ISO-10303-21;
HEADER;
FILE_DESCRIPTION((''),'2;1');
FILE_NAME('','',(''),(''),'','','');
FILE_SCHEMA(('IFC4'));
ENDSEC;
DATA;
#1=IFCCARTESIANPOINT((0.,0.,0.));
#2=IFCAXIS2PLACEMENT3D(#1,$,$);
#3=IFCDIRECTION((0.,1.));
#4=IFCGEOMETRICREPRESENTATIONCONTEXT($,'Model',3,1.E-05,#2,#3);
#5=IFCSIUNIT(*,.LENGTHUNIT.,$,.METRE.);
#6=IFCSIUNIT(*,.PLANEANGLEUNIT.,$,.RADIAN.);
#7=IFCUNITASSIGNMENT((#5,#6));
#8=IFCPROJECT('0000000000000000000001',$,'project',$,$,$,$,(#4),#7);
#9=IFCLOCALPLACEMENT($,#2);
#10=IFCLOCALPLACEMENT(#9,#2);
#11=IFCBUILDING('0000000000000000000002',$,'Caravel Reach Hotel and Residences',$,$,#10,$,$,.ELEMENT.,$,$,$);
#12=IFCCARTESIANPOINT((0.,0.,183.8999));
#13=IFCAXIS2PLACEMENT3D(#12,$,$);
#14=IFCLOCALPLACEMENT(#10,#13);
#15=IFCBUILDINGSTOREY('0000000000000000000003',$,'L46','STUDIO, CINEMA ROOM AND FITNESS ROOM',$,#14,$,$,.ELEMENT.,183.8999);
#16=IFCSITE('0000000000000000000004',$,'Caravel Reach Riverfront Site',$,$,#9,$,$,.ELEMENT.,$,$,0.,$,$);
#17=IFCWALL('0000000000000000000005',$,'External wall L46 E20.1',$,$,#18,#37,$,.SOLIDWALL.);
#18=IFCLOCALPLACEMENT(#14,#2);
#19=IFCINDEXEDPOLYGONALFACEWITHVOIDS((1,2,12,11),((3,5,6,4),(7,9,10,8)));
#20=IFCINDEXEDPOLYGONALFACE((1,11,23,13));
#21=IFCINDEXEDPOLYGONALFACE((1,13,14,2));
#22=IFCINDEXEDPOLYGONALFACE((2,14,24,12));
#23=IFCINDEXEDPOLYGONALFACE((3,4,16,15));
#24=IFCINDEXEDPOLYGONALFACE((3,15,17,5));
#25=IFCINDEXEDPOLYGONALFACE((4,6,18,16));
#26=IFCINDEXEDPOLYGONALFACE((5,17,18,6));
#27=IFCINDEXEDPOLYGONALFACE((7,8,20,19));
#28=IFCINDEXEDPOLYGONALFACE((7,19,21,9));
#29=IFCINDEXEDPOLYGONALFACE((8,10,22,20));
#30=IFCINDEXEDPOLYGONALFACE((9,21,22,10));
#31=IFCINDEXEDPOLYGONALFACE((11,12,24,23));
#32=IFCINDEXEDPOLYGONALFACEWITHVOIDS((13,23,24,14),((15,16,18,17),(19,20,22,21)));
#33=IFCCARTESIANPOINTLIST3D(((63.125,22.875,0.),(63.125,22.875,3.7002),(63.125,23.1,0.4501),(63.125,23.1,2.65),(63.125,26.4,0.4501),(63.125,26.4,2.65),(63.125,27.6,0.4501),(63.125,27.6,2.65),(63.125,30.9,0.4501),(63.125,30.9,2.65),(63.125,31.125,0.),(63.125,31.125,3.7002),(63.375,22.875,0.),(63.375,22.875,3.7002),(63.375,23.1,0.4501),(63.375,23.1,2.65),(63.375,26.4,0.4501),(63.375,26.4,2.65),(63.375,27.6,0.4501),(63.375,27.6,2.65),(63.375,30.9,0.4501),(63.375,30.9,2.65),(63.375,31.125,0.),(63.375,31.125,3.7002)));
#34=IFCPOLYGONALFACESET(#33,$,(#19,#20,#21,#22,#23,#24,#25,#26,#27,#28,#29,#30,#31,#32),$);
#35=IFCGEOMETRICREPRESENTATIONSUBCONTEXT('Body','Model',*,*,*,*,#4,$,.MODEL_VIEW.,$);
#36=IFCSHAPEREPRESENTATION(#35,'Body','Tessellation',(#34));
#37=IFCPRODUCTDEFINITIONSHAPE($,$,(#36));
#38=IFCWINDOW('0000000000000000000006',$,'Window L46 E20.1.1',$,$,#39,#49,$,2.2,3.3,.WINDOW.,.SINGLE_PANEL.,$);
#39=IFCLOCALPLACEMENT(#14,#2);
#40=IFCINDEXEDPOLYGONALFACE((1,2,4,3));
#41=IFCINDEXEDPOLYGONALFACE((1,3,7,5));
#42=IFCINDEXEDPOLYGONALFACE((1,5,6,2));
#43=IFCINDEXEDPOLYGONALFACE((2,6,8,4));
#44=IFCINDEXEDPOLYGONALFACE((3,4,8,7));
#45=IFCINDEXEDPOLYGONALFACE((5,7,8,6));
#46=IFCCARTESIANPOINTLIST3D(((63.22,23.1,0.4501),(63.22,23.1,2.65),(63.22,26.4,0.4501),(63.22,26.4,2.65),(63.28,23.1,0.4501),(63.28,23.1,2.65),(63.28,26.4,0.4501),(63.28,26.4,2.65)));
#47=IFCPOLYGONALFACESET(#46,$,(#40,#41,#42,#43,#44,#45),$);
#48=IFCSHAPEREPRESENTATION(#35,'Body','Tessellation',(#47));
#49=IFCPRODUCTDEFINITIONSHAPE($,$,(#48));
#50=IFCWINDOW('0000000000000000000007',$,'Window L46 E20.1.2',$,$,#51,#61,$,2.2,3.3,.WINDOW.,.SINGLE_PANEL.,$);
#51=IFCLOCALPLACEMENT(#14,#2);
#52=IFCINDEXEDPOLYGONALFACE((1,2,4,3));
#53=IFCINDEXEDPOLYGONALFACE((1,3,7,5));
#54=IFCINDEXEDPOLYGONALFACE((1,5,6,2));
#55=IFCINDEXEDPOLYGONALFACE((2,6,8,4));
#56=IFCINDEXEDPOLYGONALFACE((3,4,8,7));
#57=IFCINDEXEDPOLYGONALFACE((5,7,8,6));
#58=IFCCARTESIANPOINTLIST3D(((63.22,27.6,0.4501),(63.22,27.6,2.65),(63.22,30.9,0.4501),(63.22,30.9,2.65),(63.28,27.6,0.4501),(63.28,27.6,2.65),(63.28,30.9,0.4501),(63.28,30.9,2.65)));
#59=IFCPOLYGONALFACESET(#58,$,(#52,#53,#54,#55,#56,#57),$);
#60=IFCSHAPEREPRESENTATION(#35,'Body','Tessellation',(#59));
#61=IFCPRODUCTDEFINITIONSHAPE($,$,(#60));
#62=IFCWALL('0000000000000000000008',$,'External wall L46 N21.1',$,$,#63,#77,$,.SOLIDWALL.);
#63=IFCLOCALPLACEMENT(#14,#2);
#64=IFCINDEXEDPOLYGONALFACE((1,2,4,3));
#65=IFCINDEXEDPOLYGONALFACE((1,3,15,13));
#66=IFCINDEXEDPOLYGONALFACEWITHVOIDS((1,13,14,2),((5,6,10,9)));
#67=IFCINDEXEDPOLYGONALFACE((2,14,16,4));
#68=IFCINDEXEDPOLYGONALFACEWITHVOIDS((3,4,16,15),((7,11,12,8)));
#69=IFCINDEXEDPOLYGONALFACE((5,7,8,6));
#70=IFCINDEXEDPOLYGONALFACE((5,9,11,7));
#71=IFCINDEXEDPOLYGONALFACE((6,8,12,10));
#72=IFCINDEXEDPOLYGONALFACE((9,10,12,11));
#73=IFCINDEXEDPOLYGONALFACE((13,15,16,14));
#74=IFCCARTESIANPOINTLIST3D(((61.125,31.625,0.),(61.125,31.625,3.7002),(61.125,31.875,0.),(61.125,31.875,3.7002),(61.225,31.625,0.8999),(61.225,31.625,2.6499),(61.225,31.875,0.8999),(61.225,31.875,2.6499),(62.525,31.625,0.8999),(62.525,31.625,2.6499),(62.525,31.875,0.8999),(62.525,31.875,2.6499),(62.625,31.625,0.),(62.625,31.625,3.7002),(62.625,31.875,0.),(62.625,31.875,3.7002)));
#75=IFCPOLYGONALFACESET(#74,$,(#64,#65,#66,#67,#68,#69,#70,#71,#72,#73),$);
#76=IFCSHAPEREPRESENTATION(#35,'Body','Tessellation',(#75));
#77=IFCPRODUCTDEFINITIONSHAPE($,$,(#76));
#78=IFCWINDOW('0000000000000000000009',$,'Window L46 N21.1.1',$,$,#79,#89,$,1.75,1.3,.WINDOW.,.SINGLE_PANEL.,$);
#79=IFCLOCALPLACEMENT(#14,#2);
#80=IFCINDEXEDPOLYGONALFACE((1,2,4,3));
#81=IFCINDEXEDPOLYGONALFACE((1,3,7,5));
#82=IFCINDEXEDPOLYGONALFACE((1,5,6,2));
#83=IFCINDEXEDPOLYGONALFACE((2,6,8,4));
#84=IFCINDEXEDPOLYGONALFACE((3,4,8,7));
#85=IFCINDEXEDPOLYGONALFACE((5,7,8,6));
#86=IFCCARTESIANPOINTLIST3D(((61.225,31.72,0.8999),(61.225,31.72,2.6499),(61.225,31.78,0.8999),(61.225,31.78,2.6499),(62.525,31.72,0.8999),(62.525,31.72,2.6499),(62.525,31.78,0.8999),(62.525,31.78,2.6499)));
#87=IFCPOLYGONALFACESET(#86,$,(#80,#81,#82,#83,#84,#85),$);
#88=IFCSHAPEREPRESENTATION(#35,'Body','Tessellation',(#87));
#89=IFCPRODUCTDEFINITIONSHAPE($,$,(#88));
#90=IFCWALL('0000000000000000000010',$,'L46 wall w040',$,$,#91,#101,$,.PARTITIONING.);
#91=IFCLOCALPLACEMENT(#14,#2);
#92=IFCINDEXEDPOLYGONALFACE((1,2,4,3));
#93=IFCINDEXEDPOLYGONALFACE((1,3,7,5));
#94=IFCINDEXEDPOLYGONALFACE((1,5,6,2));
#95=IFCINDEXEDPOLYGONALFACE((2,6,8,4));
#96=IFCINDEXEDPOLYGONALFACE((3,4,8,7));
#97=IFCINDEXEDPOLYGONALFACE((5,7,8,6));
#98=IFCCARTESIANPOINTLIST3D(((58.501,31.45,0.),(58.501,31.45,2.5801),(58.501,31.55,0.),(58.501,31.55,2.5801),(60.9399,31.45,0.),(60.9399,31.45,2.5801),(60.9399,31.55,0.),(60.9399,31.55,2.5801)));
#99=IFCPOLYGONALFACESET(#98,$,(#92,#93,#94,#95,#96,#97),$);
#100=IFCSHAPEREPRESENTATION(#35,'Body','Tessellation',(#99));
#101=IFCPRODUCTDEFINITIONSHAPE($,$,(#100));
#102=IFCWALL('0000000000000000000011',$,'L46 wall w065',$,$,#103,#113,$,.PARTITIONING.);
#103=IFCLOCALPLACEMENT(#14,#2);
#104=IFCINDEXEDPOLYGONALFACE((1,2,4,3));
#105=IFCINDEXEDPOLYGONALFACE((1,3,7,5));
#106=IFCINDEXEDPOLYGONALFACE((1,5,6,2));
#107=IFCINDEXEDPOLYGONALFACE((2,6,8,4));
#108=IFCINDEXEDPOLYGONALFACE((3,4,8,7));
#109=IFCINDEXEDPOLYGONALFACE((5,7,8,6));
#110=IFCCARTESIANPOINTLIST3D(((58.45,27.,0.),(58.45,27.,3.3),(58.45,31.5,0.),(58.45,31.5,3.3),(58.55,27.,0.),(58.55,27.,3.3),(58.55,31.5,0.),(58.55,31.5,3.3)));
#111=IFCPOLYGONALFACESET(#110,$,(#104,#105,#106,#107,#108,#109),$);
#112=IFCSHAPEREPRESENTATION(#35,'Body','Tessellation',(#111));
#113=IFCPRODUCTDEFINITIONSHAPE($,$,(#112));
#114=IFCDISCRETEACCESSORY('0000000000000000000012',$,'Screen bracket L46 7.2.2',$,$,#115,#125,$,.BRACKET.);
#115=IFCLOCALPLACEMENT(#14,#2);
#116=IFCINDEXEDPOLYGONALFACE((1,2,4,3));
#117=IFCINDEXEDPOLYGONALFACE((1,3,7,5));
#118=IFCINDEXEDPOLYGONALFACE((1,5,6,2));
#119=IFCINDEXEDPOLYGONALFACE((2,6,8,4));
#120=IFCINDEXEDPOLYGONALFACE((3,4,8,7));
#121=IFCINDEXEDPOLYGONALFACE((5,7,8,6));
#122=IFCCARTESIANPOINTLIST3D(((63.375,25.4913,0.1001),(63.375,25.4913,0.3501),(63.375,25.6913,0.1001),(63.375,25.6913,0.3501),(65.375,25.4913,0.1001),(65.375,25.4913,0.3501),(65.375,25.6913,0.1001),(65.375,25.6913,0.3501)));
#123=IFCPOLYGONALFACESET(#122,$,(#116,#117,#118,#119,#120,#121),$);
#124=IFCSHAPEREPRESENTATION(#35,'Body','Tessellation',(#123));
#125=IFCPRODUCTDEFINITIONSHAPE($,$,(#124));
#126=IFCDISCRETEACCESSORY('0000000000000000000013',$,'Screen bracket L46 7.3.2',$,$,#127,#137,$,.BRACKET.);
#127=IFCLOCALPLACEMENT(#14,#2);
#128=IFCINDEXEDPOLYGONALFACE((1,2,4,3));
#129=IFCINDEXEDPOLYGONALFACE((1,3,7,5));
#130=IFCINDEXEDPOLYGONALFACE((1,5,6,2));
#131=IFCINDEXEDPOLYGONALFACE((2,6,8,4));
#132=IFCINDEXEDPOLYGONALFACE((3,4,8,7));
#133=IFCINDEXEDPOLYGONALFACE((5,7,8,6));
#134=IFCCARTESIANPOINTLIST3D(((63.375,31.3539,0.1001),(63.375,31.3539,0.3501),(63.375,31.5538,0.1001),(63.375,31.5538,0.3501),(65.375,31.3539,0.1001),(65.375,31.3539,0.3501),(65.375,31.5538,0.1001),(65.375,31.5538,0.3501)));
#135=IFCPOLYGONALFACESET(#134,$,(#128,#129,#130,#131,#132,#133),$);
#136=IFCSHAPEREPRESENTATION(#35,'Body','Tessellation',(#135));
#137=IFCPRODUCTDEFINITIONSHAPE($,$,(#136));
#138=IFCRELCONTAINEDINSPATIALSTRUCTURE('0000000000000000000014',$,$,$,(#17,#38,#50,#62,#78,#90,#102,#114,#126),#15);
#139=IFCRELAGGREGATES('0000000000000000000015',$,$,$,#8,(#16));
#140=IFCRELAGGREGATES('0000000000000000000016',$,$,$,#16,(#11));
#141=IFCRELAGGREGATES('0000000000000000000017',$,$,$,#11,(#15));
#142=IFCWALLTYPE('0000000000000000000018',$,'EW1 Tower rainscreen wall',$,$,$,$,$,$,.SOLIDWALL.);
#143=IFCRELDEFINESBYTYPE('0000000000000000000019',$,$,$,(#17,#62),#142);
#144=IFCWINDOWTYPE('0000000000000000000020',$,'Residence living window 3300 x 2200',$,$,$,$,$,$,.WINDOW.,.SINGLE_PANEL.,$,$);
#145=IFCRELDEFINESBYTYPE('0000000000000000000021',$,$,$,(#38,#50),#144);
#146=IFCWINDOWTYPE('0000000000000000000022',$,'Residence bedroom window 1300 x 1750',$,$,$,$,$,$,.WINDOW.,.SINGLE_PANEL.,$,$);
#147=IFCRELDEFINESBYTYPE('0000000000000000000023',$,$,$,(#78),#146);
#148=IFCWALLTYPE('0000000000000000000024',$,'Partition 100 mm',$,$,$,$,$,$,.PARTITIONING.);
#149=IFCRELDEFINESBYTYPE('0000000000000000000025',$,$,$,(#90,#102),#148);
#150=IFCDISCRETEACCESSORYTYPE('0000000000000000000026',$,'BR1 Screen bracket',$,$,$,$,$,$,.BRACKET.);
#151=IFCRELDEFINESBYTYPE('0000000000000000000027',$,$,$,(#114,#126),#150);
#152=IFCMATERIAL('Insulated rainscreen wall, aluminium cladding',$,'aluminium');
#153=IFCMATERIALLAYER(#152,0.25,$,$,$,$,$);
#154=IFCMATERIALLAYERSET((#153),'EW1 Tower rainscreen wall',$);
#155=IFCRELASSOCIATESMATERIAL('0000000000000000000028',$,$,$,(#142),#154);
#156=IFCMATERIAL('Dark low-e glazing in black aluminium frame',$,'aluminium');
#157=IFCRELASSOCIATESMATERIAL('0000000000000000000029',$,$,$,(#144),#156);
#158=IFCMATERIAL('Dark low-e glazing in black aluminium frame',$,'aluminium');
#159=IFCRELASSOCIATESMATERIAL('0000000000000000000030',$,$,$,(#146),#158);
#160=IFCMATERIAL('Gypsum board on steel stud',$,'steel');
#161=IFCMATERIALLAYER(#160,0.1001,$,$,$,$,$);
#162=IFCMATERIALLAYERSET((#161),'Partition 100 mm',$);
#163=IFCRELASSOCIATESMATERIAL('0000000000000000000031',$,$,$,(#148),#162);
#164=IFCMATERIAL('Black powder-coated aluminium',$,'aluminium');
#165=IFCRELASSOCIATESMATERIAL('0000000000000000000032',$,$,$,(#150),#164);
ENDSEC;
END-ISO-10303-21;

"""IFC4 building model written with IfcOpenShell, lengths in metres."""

from ifc_helpers import new_model, si_unit, direction, frame, frame_2d, origin, origin_2d, place, context, subcontext, project, spatial, rectangle, extrude, material, layer, layer_set, type_object, element, fill, save


model = new_model("IFC4")

# Units and contexts
model_context = context("Model", 3, precision=1e-05, world=origin(), true_north=direction((0.0, 1.0)))
body_context = subcontext(model_context, "Body", "Model", "MODEL_VIEW")
ifc_project = project(units=[si_unit("LENGTHUNIT", "METRE"), si_unit("PLANEANGLEUNIT", "RADIAN")], contexts=[model_context])

# Site, building, storey
site_placement = place(None, origin())
site = spatial("IfcSite", under=ifc_project, at=site_placement, Name="Caravel Reach Riverfront Site", CompositionType="ELEMENT", RefElevation=0.0)
building_placement = place(site_placement, origin())
building = spatial("IfcBuilding", under=site, at=building_placement, Name="Caravel Reach Hotel and Residences", CompositionType="ELEMENT")
storey_placement = place(building_placement, frame((0.0, 0.0, 183.8999)))
storey = spatial("IfcBuildingStorey", under=building, at=storey_placement, Name="L46", Description="STUDIO, CINEMA ROOM AND FITNESS ROOM", CompositionType="ELEMENT", Elevation=183.8999)

# Wall, openings, windows
ifc_material_1 = material(Name="Insulated rainscreen wall, aluminium cladding", Category="aluminium")
ifc_layer_1 = layer(ifc_material_1, 0.25)
ifc_layer_set_1 = layer_set([ifc_layer_1], Name="EW1 Tower rainscreen wall")
wall_type_1 = type_object("IfcWallType", Name="EW1 Tower rainscreen wall", PredefinedType="SOLIDWALL", material=ifc_layer_set_1)
wall_1_placement = place(storey_placement, frame((63.25, 22.875, 0.0), z_axis=(0.0, 0.0, 1.0), x_axis=(0.0, 1.0, 0.0)))
wall_1 = element("IfcWall", 1, at=wall_1_placement, inside=storey, type_object=wall_type_1, Name="External wall L46 E20.1", PredefinedType="SOLIDWALL", context=body_context, shape_type="SweptSolid", body=[
    extrude(rectangle(XDim=8.25, YDim=0.25, at=frame_2d((4.125, 0.0))), origin(), (0.0, 0.0, 1.0), 3.7002),
])
opening_1_placement = place(wall_1_placement, frame((0.2251, 0.0, 0.45)))
opening_1 = element("IfcOpeningElement", 2, at=opening_1_placement, cuts=wall_1, PredefinedType="OPENING", context=body_context, shape_type="SweptSolid", body=[
    extrude(rectangle(XDim=3.3, YDim=2.2, at=frame_2d((1.6499, 1.1001))), frame((0.0, 0.135, 0.0), z_axis=(0.0, -1.0, 0.0), x_axis=(1.0, 0.0, 0.0)), (0.0, 0.0, 1.0), 0.27),
])
opening_2_placement = place(wall_1_placement, frame((4.7251, 0.0, 0.45)))
opening_2 = element("IfcOpeningElement", 3, at=opening_2_placement, cuts=wall_1, PredefinedType="OPENING", context=body_context, shape_type="SweptSolid", body=[
    extrude(rectangle(XDim=3.3, YDim=2.2, at=frame_2d((1.6499, 1.1001))), frame((0.0, 0.135, 0.0), z_axis=(0.0, -1.0, 0.0), x_axis=(1.0, 0.0, 0.0)), (0.0, 0.0, 1.0), 0.27),
])
ifc_material_2 = material(Name="Dark low-e glazing in black aluminium frame", Category="aluminium")
window_type_1 = type_object("IfcWindowType", Name="Residence living window 3300 x 2200", PartitioningType="SINGLE_PANEL", PredefinedType="WINDOW", material=ifc_material_2)
window_1_placement = place(opening_1_placement, origin())
window_1 = element("IfcWindow", 4, at=window_1_placement, inside=storey, type_object=window_type_1, Name="Window L46 E20.1.1", OverallHeight=2.2, OverallWidth=3.3, PartitioningType="SINGLE_PANEL", PredefinedType="WINDOW", context=body_context, shape_type="SweptSolid", body=[
    extrude(rectangle(XDim=3.3, YDim=2.2, at=frame_2d((1.6499, 1.1001))), frame((0.0, 0.03, 0.0), z_axis=(0.0, -1.0, 0.0), x_axis=(1.0, 0.0, 0.0)), (0.0, 0.0, 1.0), 0.0601),
])
fill(opening_1, window_1)
window_2_placement = place(opening_2_placement, origin())
window_2 = element("IfcWindow", 5, at=window_2_placement, inside=storey, type_object=window_type_1, Name="Window L46 E20.1.2", OverallHeight=2.2, OverallWidth=3.3, PartitioningType="SINGLE_PANEL", PredefinedType="WINDOW", context=body_context, shape_type="SweptSolid", body=[
    extrude(rectangle(XDim=3.3, YDim=2.2, at=frame_2d((1.6499, 1.1001))), frame((0.0, 0.03, 0.0), z_axis=(0.0, -1.0, 0.0), x_axis=(1.0, 0.0, 0.0)), (0.0, 0.0, 1.0), 0.0601),
])
fill(opening_2, window_2)

# Wall, opening, window
wall_2_placement = place(storey_placement, frame((62.625, 31.75, 0.0), z_axis=(0.0, 0.0, 1.0), x_axis=(-1.0, 0.0, 0.0)))
wall_2 = element("IfcWall", 6, at=wall_2_placement, inside=storey, type_object=wall_type_1, Name="External wall L46 N21.1", PredefinedType="SOLIDWALL", context=body_context, shape_type="SweptSolid", body=[
    extrude(rectangle(XDim=1.5, YDim=0.25, at=frame_2d((0.75, 0.0))), origin(), (0.0, 0.0, 1.0), 3.7002),
])
opening_3_placement = place(wall_2_placement, frame((0.1001, 0.0, 0.8999)))
opening_3 = element("IfcOpeningElement", 7, at=opening_3_placement, cuts=wall_2, PredefinedType="OPENING", context=body_context, shape_type="SweptSolid", body=[
    extrude(rectangle(XDim=1.3, YDim=1.75, at=frame_2d((0.6499, 0.875))), frame((0.0, 0.135, 0.0), z_axis=(0.0, -1.0, 0.0), x_axis=(1.0, 0.0, 0.0)), (0.0, 0.0, 1.0), 0.27),
])
ifc_material_3 = material(Name="Dark low-e glazing in black aluminium frame", Category="aluminium")
window_type_2 = type_object("IfcWindowType", Name="Residence bedroom window 1300 x 1750", PartitioningType="SINGLE_PANEL", PredefinedType="WINDOW", material=ifc_material_3)
window_3_placement = place(opening_3_placement, origin())
window_3 = element("IfcWindow", 8, at=window_3_placement, inside=storey, type_object=window_type_2, Name="Window L46 N21.1.1", OverallHeight=1.75, OverallWidth=1.3, PartitioningType="SINGLE_PANEL", PredefinedType="WINDOW", context=body_context, shape_type="SweptSolid", body=[
    extrude(rectangle(XDim=1.3, YDim=1.75, at=frame_2d((0.6499, 0.875))), frame((0.0, 0.03, 0.0), z_axis=(0.0, -1.0, 0.0), x_axis=(1.0, 0.0, 0.0)), (0.0, 0.0, 1.0), 0.0601),
])
fill(opening_3, window_3)

# Walls
ifc_material_4 = material(Name="Gypsum board on steel stud", Category="steel")
ifc_layer_2 = layer(ifc_material_4, 0.1001)
ifc_layer_set_2 = layer_set([ifc_layer_2], Name="Partition 100 mm")
wall_type_2 = type_object("IfcWallType", Name="Partition 100 mm", PredefinedType="PARTITIONING", material=ifc_layer_set_2)
wall_3_placement = place(storey_placement, frame((58.501, 31.5, 0.0), z_axis=(0.0, 0.0, 1.0), x_axis=(1.0, 0.0, 0.0)))
element("IfcWall", 9, at=wall_3_placement, inside=storey, type_object=wall_type_2, Name="L46 wall w040", PredefinedType="PARTITIONING", context=body_context, shape_type="SweptSolid", body=[
    extrude(rectangle(XDim=2.439, YDim=0.1001, at=frame_2d((1.2195, 0.0))), origin(), (0.0, 0.0, 1.0), 2.5801),
])
wall_4_placement = place(storey_placement, frame((58.5, 27.0, 0.0), z_axis=(0.0, 0.0, 1.0), x_axis=(0.0, 1.0, 0.0)))
element("IfcWall", 10, at=wall_4_placement, inside=storey, type_object=wall_type_2, Name="L46 wall w065", PredefinedType="PARTITIONING", context=body_context, shape_type="SweptSolid", body=[
    extrude(rectangle(XDim=4.5, YDim=0.1001, at=frame_2d((2.25, 0.0))), origin(), (0.0, 0.0, 1.0), 3.3),
])

# Discrete accessories
ifc_material_5 = material(Name="Black powder-coated aluminium", Category="aluminium")
discrete_accessory_type = type_object("IfcDiscreteAccessoryType", Name="BR1 Screen bracket", PredefinedType="BRACKET", material=ifc_material_5)
for number, where, z_axis, x_axis, name in (
    (11, (64.375, 25.5913, 0.1001), (0.0, 0.0, 1.0), (1.0, 0.0, 0.0), "Screen bracket L46 7.2.2"),
    (12, (64.375, 31.4539, 0.1001), (0.0, 0.0, 1.0), (1.0, 0.0, 0.0), "Screen bracket L46 7.3.2"),
):
    element("IfcDiscreteAccessory", number, at=place(storey_placement, frame(where, z_axis=z_axis, x_axis=x_axis)), inside=storey, type_object=discrete_accessory_type, Name=name, PredefinedType="BRACKET", context=body_context, shape_type="SweptSolid", body=[
        extrude(rectangle(XDim=2.0, YDim=0.2, at=origin_2d()), origin(), (0.0, 0.0, 1.0), 0.25),
    ])

save(model, "model.ifc")
